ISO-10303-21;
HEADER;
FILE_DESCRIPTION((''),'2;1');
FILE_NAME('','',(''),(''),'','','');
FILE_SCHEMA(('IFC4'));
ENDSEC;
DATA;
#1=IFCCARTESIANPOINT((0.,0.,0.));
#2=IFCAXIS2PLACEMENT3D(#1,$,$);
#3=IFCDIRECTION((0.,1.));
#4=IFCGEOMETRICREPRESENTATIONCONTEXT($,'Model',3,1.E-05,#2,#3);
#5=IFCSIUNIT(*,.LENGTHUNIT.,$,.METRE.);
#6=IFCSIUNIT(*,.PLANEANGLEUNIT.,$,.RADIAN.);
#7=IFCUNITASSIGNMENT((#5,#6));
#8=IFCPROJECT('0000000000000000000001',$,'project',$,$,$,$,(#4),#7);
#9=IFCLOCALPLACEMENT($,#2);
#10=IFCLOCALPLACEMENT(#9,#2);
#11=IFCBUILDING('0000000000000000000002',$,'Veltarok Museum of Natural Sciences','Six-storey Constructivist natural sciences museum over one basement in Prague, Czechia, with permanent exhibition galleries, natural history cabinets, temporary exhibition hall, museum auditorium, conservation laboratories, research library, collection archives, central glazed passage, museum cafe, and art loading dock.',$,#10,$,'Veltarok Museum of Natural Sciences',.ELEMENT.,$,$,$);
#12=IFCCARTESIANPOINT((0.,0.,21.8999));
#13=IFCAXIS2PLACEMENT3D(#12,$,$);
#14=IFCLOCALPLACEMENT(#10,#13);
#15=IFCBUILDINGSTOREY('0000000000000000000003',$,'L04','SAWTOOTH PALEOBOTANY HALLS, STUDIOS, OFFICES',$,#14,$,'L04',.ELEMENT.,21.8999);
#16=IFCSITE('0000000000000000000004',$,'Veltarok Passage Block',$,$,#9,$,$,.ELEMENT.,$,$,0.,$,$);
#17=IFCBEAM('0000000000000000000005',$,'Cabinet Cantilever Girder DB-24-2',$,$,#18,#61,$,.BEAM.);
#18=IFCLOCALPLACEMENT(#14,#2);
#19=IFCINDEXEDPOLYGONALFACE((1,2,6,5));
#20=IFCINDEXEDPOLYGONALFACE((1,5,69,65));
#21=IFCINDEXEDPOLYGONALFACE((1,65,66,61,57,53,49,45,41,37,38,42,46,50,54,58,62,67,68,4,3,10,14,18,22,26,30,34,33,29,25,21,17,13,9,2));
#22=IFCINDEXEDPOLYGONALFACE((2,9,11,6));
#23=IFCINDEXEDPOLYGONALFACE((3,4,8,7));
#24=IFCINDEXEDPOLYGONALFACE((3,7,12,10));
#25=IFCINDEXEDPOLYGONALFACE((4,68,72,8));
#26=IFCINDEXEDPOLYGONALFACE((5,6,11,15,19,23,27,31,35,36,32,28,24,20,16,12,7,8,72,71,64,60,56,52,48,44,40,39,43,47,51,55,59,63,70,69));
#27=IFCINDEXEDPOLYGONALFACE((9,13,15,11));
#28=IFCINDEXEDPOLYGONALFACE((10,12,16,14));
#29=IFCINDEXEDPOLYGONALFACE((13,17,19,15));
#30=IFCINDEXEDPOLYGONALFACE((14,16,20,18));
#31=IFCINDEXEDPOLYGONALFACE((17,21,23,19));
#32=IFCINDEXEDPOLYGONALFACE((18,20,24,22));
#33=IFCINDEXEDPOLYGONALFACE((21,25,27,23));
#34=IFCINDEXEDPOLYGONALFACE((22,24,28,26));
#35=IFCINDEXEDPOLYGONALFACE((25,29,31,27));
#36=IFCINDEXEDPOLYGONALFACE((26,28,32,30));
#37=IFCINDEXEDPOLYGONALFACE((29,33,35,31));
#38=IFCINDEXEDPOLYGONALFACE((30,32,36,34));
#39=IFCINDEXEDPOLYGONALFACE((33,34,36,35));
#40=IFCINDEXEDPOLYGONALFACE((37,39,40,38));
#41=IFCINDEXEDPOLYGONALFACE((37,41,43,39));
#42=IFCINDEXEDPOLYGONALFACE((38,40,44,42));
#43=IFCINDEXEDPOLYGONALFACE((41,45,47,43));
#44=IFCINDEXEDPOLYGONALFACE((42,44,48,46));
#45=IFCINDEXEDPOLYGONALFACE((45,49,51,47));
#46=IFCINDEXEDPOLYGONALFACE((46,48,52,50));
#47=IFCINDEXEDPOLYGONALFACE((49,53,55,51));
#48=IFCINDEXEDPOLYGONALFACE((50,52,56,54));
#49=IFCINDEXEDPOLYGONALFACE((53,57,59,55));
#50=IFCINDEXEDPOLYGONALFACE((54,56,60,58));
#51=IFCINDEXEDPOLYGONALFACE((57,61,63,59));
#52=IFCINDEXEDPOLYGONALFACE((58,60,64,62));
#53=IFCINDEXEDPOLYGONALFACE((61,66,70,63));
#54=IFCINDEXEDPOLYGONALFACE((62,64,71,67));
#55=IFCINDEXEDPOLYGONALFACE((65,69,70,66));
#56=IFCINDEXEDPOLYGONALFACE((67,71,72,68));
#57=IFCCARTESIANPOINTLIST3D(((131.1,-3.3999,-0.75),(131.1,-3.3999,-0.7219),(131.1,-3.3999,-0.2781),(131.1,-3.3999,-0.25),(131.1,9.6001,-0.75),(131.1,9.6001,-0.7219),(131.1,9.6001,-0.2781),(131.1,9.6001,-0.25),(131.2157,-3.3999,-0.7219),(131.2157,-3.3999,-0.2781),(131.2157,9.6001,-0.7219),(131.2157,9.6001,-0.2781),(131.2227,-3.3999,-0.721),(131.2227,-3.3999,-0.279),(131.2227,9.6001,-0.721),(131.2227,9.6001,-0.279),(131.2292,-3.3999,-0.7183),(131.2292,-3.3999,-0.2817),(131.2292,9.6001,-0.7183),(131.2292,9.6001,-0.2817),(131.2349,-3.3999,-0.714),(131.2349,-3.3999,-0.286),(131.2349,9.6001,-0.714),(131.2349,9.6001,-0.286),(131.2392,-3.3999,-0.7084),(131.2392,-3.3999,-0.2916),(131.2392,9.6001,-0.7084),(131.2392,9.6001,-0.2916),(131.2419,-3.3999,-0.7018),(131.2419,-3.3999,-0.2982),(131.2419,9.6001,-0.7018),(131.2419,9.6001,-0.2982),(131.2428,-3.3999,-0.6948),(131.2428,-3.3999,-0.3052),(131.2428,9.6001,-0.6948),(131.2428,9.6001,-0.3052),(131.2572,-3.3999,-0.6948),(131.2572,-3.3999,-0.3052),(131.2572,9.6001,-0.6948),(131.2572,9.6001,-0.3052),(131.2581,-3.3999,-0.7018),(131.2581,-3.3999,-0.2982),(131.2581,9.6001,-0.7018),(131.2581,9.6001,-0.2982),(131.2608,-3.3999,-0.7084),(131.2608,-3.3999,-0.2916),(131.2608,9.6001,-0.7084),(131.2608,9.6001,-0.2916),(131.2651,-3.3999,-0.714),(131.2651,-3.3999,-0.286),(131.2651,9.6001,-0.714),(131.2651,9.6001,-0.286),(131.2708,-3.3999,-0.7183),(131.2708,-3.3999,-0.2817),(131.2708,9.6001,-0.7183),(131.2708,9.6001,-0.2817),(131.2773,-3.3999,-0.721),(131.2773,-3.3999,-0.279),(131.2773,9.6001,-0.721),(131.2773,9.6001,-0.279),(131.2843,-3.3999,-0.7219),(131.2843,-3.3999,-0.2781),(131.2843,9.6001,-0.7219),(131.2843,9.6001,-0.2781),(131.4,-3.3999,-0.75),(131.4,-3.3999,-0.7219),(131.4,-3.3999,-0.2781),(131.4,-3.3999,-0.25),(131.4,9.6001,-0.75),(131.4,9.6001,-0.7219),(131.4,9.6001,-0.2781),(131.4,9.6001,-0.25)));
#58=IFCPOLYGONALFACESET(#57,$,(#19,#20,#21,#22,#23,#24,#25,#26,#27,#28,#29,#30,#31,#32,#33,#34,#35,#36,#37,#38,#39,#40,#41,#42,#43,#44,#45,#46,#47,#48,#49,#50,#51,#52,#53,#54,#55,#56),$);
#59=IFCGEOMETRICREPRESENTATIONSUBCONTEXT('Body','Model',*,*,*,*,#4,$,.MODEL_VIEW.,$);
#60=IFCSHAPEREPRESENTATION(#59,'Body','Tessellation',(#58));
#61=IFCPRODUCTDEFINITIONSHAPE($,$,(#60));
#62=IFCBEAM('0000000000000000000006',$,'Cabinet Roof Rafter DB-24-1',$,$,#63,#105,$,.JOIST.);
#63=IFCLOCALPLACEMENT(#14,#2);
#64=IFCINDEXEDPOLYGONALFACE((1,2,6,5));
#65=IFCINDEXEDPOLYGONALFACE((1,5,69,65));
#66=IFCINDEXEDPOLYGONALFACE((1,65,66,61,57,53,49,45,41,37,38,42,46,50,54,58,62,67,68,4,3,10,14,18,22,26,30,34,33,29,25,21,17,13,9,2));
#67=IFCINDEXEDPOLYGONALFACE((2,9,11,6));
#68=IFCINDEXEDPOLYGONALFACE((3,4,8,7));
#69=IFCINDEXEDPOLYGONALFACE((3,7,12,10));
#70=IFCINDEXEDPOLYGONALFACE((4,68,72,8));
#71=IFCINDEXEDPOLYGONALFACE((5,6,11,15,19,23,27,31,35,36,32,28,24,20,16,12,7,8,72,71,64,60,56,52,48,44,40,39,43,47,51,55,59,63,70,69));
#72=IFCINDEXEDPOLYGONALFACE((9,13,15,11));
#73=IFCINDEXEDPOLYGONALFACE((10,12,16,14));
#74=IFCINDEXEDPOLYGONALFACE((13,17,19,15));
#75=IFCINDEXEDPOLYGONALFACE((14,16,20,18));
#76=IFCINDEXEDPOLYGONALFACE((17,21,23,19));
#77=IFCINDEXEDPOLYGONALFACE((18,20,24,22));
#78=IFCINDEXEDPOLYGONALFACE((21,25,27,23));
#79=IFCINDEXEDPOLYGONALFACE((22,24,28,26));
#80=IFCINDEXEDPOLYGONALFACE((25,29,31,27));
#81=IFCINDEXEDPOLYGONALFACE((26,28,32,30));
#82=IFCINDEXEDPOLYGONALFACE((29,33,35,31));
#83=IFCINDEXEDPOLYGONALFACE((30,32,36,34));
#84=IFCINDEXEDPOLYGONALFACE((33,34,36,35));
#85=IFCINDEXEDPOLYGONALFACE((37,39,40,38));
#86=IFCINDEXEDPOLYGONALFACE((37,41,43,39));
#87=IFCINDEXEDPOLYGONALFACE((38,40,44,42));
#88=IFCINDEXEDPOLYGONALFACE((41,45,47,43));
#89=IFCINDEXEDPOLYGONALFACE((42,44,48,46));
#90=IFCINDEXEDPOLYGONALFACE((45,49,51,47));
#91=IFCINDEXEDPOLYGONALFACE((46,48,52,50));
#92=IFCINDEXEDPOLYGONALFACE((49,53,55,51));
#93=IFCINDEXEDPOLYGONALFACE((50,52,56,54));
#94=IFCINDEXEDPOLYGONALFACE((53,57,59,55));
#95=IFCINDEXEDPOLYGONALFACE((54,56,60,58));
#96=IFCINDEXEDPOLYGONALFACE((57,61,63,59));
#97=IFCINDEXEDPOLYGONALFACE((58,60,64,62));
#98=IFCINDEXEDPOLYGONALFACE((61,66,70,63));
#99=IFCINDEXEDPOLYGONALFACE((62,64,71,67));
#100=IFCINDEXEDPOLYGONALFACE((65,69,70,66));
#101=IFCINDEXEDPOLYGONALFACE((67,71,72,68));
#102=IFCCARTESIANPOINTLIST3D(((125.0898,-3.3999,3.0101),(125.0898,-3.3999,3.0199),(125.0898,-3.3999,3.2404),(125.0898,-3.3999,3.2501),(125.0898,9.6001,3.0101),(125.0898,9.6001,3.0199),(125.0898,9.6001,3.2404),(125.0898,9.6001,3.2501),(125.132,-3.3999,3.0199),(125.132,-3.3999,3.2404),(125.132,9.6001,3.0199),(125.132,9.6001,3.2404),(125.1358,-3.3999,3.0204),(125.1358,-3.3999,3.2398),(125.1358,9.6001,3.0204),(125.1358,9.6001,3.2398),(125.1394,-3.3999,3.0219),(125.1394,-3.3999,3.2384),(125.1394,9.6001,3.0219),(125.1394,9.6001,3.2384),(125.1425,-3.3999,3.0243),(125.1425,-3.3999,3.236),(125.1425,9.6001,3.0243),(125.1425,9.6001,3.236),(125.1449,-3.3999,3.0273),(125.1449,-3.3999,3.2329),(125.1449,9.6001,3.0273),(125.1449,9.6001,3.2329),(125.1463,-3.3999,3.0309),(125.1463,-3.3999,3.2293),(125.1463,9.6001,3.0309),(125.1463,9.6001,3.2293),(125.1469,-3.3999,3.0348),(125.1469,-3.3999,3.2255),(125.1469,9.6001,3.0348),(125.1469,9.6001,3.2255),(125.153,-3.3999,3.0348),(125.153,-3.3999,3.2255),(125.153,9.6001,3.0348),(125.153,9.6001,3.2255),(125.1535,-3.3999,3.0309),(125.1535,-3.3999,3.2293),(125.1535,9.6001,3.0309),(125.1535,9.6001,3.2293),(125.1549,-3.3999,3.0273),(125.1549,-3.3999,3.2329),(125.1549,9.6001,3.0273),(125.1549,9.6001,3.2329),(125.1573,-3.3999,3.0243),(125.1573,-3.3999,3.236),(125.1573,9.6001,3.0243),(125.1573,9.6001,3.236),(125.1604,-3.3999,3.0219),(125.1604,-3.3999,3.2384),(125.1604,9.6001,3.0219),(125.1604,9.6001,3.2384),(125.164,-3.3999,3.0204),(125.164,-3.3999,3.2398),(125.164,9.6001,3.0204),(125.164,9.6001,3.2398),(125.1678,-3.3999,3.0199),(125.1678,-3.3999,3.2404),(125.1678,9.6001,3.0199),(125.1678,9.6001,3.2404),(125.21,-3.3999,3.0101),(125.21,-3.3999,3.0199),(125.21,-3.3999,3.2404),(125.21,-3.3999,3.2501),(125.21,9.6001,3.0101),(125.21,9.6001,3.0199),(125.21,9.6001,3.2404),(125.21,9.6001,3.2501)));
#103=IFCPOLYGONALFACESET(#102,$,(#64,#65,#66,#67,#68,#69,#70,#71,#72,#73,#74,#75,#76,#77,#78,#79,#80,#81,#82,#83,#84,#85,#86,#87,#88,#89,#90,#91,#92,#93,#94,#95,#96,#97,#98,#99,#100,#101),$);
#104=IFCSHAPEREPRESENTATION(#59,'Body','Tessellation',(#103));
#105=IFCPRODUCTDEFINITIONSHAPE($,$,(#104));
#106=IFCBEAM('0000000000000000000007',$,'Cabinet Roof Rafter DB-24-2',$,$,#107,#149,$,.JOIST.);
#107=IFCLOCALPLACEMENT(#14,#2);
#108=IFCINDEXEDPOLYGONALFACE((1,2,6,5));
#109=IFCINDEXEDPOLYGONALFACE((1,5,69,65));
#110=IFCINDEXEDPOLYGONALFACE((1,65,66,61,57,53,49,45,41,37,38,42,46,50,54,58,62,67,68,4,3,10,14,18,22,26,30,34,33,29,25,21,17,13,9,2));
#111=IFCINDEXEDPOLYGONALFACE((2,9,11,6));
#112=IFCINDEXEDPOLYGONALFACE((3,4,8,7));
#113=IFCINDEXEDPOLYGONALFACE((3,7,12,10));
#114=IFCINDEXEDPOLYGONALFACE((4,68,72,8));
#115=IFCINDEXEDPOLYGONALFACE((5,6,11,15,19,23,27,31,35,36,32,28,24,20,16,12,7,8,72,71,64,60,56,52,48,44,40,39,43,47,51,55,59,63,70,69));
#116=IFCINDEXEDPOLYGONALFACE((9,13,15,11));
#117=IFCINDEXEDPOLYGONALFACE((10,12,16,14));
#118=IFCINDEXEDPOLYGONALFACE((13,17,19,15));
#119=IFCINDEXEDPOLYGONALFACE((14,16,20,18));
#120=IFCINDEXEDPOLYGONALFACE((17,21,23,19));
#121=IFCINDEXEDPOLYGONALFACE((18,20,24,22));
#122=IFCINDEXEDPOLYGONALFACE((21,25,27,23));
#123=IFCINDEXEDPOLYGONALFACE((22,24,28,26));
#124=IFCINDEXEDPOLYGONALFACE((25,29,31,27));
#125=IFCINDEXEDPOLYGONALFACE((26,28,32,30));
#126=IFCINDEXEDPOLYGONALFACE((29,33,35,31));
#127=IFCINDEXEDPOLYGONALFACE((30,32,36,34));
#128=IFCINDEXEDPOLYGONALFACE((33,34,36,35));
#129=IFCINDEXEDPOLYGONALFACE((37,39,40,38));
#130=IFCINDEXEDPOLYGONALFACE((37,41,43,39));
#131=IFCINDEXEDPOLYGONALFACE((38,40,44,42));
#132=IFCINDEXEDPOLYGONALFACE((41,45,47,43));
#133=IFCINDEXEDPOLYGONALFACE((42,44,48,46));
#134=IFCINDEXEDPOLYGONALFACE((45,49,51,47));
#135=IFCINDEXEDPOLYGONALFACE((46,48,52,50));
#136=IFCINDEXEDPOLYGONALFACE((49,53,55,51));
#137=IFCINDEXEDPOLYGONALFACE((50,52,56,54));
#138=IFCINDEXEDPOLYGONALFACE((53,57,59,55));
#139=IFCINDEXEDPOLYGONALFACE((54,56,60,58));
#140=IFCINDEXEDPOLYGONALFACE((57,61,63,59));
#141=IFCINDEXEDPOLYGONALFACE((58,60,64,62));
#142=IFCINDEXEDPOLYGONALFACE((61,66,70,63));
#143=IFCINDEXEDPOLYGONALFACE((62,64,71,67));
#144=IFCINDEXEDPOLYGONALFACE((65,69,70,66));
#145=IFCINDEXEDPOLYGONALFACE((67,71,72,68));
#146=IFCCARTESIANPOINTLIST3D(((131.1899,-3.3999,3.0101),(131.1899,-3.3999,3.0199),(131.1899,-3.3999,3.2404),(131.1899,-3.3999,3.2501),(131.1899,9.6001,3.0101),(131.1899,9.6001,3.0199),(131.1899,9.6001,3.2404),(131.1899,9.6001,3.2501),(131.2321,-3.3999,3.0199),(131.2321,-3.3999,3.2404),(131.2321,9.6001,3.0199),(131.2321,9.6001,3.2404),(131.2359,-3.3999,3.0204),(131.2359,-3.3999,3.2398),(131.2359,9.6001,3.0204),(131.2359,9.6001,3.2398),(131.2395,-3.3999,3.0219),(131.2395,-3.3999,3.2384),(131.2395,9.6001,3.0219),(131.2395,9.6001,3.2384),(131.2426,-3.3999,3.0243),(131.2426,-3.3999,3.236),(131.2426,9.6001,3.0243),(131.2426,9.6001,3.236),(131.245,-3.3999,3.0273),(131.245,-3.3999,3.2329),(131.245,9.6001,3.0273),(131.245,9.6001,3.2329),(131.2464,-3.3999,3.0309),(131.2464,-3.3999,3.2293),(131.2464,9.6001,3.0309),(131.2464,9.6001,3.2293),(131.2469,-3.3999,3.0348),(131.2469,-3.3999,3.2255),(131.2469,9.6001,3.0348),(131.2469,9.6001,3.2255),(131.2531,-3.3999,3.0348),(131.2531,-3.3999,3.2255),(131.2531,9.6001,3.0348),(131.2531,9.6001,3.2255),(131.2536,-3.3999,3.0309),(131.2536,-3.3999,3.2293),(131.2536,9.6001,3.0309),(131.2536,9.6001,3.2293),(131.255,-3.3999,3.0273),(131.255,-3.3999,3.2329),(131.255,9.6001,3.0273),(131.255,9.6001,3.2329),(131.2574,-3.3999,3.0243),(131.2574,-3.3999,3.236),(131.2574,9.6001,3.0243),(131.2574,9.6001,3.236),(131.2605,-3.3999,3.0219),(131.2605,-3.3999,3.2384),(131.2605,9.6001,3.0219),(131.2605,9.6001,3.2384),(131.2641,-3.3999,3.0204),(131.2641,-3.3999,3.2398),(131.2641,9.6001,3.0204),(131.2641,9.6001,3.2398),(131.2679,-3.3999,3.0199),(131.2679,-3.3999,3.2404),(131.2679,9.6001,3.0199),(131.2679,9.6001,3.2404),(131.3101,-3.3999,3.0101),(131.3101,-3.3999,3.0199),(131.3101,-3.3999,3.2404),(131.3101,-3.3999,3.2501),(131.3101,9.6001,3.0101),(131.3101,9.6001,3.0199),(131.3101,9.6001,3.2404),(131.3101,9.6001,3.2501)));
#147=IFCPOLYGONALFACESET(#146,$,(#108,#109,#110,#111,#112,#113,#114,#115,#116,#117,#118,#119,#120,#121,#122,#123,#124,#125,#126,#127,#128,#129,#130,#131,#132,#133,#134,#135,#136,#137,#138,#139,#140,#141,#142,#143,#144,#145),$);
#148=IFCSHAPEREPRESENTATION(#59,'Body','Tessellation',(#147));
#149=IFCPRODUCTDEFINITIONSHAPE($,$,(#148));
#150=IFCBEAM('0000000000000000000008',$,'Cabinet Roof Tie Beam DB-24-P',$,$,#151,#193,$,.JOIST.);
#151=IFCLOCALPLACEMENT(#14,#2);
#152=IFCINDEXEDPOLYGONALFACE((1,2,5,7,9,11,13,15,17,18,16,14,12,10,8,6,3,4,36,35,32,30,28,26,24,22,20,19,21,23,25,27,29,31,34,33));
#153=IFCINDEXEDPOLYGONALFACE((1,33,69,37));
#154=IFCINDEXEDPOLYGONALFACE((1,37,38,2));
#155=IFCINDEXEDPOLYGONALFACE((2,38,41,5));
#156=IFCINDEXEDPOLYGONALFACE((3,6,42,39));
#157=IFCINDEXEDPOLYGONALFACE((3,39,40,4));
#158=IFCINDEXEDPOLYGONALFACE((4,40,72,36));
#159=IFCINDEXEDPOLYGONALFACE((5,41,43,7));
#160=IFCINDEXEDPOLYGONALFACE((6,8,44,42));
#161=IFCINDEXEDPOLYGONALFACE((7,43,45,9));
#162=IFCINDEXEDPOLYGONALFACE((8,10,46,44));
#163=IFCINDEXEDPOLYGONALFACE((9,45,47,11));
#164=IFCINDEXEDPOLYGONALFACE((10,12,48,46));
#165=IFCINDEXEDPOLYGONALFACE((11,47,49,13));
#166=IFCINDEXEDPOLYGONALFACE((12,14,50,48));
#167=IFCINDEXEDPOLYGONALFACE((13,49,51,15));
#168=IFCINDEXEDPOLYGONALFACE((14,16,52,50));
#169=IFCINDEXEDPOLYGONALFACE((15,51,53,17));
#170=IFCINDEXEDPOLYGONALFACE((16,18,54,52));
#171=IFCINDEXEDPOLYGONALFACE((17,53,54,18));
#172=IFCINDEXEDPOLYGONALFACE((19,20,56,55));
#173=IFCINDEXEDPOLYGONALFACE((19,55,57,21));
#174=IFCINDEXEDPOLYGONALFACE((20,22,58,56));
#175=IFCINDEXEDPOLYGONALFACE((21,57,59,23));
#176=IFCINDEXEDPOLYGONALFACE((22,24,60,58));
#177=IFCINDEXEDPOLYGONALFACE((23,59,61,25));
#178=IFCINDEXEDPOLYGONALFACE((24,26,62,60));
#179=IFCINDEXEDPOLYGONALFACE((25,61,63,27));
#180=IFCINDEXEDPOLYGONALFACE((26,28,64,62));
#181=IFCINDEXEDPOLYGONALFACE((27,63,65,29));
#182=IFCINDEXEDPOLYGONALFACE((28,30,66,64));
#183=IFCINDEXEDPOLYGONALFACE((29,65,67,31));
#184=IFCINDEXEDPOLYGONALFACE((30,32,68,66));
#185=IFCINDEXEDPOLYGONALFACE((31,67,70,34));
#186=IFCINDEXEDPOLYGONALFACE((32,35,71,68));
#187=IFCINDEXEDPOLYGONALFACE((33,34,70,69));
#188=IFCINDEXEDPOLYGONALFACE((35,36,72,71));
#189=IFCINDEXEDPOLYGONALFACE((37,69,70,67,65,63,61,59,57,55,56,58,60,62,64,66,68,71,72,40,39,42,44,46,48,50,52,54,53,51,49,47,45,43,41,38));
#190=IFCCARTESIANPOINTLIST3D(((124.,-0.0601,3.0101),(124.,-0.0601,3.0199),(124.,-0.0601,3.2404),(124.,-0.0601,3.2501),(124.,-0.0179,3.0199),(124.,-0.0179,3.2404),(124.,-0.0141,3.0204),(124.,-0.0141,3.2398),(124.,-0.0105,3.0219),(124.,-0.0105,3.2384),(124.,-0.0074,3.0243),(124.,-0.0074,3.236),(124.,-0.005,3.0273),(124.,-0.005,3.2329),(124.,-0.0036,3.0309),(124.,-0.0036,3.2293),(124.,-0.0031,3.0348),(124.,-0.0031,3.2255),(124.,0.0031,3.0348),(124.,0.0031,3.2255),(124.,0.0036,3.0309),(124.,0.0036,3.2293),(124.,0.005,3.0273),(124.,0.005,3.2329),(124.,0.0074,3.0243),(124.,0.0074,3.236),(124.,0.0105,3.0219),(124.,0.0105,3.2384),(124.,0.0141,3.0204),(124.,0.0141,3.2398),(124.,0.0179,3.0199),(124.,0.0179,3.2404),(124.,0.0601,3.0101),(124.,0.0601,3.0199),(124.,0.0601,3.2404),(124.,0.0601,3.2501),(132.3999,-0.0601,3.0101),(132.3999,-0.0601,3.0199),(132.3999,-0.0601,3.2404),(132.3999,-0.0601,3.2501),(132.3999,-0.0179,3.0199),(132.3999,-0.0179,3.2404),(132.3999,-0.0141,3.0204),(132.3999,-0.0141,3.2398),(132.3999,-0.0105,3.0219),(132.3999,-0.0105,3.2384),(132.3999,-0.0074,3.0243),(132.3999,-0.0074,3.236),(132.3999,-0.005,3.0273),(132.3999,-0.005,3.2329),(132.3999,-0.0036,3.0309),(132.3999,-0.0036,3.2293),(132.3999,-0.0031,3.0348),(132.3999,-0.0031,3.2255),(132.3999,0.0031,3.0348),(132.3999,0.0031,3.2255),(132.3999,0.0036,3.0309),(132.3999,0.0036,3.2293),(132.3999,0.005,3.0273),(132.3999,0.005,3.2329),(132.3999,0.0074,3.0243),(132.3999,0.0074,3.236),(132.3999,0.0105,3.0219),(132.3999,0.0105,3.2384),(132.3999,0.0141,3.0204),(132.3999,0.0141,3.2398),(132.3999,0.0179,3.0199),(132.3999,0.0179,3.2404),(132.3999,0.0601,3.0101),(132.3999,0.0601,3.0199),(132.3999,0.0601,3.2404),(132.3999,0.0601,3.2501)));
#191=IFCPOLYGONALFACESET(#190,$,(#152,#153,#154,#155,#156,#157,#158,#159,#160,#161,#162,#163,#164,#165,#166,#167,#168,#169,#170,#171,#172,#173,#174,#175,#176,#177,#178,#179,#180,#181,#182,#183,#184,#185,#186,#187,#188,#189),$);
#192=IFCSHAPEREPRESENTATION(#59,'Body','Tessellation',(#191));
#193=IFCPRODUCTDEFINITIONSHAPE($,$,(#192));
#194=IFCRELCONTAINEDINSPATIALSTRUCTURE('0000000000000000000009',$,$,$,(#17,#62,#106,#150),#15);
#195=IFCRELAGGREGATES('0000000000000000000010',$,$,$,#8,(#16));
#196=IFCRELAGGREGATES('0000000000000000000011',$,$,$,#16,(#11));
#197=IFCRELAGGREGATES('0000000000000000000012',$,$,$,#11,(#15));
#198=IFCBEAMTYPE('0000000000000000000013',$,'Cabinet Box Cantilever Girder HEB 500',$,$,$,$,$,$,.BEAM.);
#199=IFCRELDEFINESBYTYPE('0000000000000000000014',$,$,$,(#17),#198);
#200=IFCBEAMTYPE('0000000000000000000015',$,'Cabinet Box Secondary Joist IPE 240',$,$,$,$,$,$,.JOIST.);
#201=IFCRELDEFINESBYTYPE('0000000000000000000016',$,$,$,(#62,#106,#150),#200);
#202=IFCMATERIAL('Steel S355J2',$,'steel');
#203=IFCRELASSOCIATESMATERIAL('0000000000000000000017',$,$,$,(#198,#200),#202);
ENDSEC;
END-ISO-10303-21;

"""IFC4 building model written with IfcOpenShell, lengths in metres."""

from ifc_helpers import new_model, si_unit, direction, frame, origin, origin_2d, place, context, subcontext, project, spatial, i_section, extrude, material, material_profile, profile_set, type_object, element, save


model = new_model("IFC4")

# Units and contexts
model_context = context("Model", 3, precision=1e-05, world=origin(), true_north=direction((0.0, 1.0)))
body_context = subcontext(model_context, "Body", "Model", "MODEL_VIEW")
ifc_project = project(units=[si_unit("LENGTHUNIT", "METRE"), si_unit("PLANEANGLEUNIT", "RADIAN")], contexts=[model_context])

# Site, building, storey
site_placement = place(None, origin())
site = spatial("IfcSite", under=ifc_project, at=site_placement, Name="Veltarok Passage Block", CompositionType="ELEMENT", RefElevation=0.0)
building_placement = place(site_placement, origin())
building = spatial("IfcBuilding", under=site, at=building_placement, Name="Veltarok Museum of Natural Sciences", Description="Six-storey Constructivist natural sciences museum over one basement in Prague, Czechia, with permanent exhibition galleries, natural history cabinets, temporary exhibition hall, museum auditorium, conservation laboratories, research library, collection archives, central glazed passage, museum cafe, and art loading dock.", LongName="Veltarok Museum of Natural Sciences", CompositionType="ELEMENT")
storey_placement = place(building_placement, frame((0.0, 0.0, 21.8999)))
storey = spatial("IfcBuildingStorey", under=building, at=storey_placement, Name="L04", Description="SAWTOOTH PALEOBOTANY HALLS, STUDIOS, OFFICES", LongName="L04", CompositionType="ELEMENT", Elevation=21.8999)

# Shared definitions
ifc_material_1 = material(Name="Steel S355J2", Category="steel")

# Beams
ifc_material_profile_1 = material_profile(ifc_material_1, i_section(OverallWidth=0.3, OverallDepth=0.5, WebThickness=0.0144, FlangeThickness=0.0281, FilletRadius=0.0271, at=origin_2d()), Name="HEB 500")
ifc_profile_set_1 = profile_set([ifc_material_profile_1], Name="Steel S355J2")
beam_type_1 = type_object("IfcBeamType", Name="Cabinet Box Cantilever Girder HEB 500", PredefinedType="BEAM", material=ifc_profile_set_1)
for number, where, z_axis, x_axis, name in (
    (1, (131.25, -3.3999, -0.5), (0.0, 1.0, 0.0), (-1.0, 0.0, 0.0), "Cabinet Cantilever Girder DB-24-2"),
):
    element("IfcBeam", number, at=place(storey_placement, frame(where, z_axis=z_axis, x_axis=x_axis)), inside=storey, type_object=beam_type_1, Name=name, PredefinedType="BEAM", context=body_context, shape_type="SweptSolid", body=[
        extrude(i_section(OverallWidth=0.3, OverallDepth=0.5, WebThickness=0.0144, FlangeThickness=0.0281, FilletRadius=0.0271, at=origin_2d()), origin(), (0.0, 0.0, 1.0), 13.0),
    ])
ifc_material_profile_2 = material_profile(ifc_material_1, i_section(OverallWidth=0.1201, OverallDepth=0.24, WebThickness=0.0061, FlangeThickness=0.0098, FilletRadius=0.0149, at=origin_2d()), Name="IPE 240")
ifc_profile_set_2 = profile_set([ifc_material_profile_2], Name="Steel S355J2")
beam_type_2 = type_object("IfcBeamType", Name="Cabinet Box Secondary Joist IPE 240", PredefinedType="JOIST", material=ifc_profile_set_2)
for number, where, z_axis, x_axis, name in (
    (2, (125.1499, -3.3999, 3.1301), (0.0, 1.0, 0.0), (-1.0, 0.0, 0.0), "Cabinet Roof Rafter DB-24-1"),
    (3, (131.25, -3.3999, 3.1301), (0.0, 1.0, 0.0), (-1.0, 0.0, 0.0), "Cabinet Roof Rafter DB-24-2"),
):
    element("IfcBeam", number, at=place(storey_placement, frame(where, z_axis=z_axis, x_axis=x_axis)), inside=storey, type_object=beam_type_2, Name=name, PredefinedType="JOIST", context=body_context, shape_type="SweptSolid", body=[
        extrude(i_section(OverallWidth=0.1201, OverallDepth=0.24, WebThickness=0.0061, FlangeThickness=0.0098, FilletRadius=0.0149, at=origin_2d()), origin(), (0.0, 0.0, 1.0), 13.0),
    ])
for number, where, z_axis, x_axis, name in (
    (4, (124.0, 0.0, 3.1301), (1.0, 0.0, 0.0), (0.0, 1.0, 0.0), "Cabinet Roof Tie Beam DB-24-P"),
):
    element("IfcBeam", number, at=place(storey_placement, frame(where, z_axis=z_axis, x_axis=x_axis)), inside=storey, type_object=beam_type_2, Name=name, PredefinedType="JOIST", context=body_context, shape_type="SweptSolid", body=[
        extrude(i_section(OverallWidth=0.1201, OverallDepth=0.24, WebThickness=0.0061, FlangeThickness=0.0098, FilletRadius=0.0149, at=origin_2d()), origin(), (0.0, 0.0, 1.0), 8.3999),
    ])

save(model, "model.ifc")
